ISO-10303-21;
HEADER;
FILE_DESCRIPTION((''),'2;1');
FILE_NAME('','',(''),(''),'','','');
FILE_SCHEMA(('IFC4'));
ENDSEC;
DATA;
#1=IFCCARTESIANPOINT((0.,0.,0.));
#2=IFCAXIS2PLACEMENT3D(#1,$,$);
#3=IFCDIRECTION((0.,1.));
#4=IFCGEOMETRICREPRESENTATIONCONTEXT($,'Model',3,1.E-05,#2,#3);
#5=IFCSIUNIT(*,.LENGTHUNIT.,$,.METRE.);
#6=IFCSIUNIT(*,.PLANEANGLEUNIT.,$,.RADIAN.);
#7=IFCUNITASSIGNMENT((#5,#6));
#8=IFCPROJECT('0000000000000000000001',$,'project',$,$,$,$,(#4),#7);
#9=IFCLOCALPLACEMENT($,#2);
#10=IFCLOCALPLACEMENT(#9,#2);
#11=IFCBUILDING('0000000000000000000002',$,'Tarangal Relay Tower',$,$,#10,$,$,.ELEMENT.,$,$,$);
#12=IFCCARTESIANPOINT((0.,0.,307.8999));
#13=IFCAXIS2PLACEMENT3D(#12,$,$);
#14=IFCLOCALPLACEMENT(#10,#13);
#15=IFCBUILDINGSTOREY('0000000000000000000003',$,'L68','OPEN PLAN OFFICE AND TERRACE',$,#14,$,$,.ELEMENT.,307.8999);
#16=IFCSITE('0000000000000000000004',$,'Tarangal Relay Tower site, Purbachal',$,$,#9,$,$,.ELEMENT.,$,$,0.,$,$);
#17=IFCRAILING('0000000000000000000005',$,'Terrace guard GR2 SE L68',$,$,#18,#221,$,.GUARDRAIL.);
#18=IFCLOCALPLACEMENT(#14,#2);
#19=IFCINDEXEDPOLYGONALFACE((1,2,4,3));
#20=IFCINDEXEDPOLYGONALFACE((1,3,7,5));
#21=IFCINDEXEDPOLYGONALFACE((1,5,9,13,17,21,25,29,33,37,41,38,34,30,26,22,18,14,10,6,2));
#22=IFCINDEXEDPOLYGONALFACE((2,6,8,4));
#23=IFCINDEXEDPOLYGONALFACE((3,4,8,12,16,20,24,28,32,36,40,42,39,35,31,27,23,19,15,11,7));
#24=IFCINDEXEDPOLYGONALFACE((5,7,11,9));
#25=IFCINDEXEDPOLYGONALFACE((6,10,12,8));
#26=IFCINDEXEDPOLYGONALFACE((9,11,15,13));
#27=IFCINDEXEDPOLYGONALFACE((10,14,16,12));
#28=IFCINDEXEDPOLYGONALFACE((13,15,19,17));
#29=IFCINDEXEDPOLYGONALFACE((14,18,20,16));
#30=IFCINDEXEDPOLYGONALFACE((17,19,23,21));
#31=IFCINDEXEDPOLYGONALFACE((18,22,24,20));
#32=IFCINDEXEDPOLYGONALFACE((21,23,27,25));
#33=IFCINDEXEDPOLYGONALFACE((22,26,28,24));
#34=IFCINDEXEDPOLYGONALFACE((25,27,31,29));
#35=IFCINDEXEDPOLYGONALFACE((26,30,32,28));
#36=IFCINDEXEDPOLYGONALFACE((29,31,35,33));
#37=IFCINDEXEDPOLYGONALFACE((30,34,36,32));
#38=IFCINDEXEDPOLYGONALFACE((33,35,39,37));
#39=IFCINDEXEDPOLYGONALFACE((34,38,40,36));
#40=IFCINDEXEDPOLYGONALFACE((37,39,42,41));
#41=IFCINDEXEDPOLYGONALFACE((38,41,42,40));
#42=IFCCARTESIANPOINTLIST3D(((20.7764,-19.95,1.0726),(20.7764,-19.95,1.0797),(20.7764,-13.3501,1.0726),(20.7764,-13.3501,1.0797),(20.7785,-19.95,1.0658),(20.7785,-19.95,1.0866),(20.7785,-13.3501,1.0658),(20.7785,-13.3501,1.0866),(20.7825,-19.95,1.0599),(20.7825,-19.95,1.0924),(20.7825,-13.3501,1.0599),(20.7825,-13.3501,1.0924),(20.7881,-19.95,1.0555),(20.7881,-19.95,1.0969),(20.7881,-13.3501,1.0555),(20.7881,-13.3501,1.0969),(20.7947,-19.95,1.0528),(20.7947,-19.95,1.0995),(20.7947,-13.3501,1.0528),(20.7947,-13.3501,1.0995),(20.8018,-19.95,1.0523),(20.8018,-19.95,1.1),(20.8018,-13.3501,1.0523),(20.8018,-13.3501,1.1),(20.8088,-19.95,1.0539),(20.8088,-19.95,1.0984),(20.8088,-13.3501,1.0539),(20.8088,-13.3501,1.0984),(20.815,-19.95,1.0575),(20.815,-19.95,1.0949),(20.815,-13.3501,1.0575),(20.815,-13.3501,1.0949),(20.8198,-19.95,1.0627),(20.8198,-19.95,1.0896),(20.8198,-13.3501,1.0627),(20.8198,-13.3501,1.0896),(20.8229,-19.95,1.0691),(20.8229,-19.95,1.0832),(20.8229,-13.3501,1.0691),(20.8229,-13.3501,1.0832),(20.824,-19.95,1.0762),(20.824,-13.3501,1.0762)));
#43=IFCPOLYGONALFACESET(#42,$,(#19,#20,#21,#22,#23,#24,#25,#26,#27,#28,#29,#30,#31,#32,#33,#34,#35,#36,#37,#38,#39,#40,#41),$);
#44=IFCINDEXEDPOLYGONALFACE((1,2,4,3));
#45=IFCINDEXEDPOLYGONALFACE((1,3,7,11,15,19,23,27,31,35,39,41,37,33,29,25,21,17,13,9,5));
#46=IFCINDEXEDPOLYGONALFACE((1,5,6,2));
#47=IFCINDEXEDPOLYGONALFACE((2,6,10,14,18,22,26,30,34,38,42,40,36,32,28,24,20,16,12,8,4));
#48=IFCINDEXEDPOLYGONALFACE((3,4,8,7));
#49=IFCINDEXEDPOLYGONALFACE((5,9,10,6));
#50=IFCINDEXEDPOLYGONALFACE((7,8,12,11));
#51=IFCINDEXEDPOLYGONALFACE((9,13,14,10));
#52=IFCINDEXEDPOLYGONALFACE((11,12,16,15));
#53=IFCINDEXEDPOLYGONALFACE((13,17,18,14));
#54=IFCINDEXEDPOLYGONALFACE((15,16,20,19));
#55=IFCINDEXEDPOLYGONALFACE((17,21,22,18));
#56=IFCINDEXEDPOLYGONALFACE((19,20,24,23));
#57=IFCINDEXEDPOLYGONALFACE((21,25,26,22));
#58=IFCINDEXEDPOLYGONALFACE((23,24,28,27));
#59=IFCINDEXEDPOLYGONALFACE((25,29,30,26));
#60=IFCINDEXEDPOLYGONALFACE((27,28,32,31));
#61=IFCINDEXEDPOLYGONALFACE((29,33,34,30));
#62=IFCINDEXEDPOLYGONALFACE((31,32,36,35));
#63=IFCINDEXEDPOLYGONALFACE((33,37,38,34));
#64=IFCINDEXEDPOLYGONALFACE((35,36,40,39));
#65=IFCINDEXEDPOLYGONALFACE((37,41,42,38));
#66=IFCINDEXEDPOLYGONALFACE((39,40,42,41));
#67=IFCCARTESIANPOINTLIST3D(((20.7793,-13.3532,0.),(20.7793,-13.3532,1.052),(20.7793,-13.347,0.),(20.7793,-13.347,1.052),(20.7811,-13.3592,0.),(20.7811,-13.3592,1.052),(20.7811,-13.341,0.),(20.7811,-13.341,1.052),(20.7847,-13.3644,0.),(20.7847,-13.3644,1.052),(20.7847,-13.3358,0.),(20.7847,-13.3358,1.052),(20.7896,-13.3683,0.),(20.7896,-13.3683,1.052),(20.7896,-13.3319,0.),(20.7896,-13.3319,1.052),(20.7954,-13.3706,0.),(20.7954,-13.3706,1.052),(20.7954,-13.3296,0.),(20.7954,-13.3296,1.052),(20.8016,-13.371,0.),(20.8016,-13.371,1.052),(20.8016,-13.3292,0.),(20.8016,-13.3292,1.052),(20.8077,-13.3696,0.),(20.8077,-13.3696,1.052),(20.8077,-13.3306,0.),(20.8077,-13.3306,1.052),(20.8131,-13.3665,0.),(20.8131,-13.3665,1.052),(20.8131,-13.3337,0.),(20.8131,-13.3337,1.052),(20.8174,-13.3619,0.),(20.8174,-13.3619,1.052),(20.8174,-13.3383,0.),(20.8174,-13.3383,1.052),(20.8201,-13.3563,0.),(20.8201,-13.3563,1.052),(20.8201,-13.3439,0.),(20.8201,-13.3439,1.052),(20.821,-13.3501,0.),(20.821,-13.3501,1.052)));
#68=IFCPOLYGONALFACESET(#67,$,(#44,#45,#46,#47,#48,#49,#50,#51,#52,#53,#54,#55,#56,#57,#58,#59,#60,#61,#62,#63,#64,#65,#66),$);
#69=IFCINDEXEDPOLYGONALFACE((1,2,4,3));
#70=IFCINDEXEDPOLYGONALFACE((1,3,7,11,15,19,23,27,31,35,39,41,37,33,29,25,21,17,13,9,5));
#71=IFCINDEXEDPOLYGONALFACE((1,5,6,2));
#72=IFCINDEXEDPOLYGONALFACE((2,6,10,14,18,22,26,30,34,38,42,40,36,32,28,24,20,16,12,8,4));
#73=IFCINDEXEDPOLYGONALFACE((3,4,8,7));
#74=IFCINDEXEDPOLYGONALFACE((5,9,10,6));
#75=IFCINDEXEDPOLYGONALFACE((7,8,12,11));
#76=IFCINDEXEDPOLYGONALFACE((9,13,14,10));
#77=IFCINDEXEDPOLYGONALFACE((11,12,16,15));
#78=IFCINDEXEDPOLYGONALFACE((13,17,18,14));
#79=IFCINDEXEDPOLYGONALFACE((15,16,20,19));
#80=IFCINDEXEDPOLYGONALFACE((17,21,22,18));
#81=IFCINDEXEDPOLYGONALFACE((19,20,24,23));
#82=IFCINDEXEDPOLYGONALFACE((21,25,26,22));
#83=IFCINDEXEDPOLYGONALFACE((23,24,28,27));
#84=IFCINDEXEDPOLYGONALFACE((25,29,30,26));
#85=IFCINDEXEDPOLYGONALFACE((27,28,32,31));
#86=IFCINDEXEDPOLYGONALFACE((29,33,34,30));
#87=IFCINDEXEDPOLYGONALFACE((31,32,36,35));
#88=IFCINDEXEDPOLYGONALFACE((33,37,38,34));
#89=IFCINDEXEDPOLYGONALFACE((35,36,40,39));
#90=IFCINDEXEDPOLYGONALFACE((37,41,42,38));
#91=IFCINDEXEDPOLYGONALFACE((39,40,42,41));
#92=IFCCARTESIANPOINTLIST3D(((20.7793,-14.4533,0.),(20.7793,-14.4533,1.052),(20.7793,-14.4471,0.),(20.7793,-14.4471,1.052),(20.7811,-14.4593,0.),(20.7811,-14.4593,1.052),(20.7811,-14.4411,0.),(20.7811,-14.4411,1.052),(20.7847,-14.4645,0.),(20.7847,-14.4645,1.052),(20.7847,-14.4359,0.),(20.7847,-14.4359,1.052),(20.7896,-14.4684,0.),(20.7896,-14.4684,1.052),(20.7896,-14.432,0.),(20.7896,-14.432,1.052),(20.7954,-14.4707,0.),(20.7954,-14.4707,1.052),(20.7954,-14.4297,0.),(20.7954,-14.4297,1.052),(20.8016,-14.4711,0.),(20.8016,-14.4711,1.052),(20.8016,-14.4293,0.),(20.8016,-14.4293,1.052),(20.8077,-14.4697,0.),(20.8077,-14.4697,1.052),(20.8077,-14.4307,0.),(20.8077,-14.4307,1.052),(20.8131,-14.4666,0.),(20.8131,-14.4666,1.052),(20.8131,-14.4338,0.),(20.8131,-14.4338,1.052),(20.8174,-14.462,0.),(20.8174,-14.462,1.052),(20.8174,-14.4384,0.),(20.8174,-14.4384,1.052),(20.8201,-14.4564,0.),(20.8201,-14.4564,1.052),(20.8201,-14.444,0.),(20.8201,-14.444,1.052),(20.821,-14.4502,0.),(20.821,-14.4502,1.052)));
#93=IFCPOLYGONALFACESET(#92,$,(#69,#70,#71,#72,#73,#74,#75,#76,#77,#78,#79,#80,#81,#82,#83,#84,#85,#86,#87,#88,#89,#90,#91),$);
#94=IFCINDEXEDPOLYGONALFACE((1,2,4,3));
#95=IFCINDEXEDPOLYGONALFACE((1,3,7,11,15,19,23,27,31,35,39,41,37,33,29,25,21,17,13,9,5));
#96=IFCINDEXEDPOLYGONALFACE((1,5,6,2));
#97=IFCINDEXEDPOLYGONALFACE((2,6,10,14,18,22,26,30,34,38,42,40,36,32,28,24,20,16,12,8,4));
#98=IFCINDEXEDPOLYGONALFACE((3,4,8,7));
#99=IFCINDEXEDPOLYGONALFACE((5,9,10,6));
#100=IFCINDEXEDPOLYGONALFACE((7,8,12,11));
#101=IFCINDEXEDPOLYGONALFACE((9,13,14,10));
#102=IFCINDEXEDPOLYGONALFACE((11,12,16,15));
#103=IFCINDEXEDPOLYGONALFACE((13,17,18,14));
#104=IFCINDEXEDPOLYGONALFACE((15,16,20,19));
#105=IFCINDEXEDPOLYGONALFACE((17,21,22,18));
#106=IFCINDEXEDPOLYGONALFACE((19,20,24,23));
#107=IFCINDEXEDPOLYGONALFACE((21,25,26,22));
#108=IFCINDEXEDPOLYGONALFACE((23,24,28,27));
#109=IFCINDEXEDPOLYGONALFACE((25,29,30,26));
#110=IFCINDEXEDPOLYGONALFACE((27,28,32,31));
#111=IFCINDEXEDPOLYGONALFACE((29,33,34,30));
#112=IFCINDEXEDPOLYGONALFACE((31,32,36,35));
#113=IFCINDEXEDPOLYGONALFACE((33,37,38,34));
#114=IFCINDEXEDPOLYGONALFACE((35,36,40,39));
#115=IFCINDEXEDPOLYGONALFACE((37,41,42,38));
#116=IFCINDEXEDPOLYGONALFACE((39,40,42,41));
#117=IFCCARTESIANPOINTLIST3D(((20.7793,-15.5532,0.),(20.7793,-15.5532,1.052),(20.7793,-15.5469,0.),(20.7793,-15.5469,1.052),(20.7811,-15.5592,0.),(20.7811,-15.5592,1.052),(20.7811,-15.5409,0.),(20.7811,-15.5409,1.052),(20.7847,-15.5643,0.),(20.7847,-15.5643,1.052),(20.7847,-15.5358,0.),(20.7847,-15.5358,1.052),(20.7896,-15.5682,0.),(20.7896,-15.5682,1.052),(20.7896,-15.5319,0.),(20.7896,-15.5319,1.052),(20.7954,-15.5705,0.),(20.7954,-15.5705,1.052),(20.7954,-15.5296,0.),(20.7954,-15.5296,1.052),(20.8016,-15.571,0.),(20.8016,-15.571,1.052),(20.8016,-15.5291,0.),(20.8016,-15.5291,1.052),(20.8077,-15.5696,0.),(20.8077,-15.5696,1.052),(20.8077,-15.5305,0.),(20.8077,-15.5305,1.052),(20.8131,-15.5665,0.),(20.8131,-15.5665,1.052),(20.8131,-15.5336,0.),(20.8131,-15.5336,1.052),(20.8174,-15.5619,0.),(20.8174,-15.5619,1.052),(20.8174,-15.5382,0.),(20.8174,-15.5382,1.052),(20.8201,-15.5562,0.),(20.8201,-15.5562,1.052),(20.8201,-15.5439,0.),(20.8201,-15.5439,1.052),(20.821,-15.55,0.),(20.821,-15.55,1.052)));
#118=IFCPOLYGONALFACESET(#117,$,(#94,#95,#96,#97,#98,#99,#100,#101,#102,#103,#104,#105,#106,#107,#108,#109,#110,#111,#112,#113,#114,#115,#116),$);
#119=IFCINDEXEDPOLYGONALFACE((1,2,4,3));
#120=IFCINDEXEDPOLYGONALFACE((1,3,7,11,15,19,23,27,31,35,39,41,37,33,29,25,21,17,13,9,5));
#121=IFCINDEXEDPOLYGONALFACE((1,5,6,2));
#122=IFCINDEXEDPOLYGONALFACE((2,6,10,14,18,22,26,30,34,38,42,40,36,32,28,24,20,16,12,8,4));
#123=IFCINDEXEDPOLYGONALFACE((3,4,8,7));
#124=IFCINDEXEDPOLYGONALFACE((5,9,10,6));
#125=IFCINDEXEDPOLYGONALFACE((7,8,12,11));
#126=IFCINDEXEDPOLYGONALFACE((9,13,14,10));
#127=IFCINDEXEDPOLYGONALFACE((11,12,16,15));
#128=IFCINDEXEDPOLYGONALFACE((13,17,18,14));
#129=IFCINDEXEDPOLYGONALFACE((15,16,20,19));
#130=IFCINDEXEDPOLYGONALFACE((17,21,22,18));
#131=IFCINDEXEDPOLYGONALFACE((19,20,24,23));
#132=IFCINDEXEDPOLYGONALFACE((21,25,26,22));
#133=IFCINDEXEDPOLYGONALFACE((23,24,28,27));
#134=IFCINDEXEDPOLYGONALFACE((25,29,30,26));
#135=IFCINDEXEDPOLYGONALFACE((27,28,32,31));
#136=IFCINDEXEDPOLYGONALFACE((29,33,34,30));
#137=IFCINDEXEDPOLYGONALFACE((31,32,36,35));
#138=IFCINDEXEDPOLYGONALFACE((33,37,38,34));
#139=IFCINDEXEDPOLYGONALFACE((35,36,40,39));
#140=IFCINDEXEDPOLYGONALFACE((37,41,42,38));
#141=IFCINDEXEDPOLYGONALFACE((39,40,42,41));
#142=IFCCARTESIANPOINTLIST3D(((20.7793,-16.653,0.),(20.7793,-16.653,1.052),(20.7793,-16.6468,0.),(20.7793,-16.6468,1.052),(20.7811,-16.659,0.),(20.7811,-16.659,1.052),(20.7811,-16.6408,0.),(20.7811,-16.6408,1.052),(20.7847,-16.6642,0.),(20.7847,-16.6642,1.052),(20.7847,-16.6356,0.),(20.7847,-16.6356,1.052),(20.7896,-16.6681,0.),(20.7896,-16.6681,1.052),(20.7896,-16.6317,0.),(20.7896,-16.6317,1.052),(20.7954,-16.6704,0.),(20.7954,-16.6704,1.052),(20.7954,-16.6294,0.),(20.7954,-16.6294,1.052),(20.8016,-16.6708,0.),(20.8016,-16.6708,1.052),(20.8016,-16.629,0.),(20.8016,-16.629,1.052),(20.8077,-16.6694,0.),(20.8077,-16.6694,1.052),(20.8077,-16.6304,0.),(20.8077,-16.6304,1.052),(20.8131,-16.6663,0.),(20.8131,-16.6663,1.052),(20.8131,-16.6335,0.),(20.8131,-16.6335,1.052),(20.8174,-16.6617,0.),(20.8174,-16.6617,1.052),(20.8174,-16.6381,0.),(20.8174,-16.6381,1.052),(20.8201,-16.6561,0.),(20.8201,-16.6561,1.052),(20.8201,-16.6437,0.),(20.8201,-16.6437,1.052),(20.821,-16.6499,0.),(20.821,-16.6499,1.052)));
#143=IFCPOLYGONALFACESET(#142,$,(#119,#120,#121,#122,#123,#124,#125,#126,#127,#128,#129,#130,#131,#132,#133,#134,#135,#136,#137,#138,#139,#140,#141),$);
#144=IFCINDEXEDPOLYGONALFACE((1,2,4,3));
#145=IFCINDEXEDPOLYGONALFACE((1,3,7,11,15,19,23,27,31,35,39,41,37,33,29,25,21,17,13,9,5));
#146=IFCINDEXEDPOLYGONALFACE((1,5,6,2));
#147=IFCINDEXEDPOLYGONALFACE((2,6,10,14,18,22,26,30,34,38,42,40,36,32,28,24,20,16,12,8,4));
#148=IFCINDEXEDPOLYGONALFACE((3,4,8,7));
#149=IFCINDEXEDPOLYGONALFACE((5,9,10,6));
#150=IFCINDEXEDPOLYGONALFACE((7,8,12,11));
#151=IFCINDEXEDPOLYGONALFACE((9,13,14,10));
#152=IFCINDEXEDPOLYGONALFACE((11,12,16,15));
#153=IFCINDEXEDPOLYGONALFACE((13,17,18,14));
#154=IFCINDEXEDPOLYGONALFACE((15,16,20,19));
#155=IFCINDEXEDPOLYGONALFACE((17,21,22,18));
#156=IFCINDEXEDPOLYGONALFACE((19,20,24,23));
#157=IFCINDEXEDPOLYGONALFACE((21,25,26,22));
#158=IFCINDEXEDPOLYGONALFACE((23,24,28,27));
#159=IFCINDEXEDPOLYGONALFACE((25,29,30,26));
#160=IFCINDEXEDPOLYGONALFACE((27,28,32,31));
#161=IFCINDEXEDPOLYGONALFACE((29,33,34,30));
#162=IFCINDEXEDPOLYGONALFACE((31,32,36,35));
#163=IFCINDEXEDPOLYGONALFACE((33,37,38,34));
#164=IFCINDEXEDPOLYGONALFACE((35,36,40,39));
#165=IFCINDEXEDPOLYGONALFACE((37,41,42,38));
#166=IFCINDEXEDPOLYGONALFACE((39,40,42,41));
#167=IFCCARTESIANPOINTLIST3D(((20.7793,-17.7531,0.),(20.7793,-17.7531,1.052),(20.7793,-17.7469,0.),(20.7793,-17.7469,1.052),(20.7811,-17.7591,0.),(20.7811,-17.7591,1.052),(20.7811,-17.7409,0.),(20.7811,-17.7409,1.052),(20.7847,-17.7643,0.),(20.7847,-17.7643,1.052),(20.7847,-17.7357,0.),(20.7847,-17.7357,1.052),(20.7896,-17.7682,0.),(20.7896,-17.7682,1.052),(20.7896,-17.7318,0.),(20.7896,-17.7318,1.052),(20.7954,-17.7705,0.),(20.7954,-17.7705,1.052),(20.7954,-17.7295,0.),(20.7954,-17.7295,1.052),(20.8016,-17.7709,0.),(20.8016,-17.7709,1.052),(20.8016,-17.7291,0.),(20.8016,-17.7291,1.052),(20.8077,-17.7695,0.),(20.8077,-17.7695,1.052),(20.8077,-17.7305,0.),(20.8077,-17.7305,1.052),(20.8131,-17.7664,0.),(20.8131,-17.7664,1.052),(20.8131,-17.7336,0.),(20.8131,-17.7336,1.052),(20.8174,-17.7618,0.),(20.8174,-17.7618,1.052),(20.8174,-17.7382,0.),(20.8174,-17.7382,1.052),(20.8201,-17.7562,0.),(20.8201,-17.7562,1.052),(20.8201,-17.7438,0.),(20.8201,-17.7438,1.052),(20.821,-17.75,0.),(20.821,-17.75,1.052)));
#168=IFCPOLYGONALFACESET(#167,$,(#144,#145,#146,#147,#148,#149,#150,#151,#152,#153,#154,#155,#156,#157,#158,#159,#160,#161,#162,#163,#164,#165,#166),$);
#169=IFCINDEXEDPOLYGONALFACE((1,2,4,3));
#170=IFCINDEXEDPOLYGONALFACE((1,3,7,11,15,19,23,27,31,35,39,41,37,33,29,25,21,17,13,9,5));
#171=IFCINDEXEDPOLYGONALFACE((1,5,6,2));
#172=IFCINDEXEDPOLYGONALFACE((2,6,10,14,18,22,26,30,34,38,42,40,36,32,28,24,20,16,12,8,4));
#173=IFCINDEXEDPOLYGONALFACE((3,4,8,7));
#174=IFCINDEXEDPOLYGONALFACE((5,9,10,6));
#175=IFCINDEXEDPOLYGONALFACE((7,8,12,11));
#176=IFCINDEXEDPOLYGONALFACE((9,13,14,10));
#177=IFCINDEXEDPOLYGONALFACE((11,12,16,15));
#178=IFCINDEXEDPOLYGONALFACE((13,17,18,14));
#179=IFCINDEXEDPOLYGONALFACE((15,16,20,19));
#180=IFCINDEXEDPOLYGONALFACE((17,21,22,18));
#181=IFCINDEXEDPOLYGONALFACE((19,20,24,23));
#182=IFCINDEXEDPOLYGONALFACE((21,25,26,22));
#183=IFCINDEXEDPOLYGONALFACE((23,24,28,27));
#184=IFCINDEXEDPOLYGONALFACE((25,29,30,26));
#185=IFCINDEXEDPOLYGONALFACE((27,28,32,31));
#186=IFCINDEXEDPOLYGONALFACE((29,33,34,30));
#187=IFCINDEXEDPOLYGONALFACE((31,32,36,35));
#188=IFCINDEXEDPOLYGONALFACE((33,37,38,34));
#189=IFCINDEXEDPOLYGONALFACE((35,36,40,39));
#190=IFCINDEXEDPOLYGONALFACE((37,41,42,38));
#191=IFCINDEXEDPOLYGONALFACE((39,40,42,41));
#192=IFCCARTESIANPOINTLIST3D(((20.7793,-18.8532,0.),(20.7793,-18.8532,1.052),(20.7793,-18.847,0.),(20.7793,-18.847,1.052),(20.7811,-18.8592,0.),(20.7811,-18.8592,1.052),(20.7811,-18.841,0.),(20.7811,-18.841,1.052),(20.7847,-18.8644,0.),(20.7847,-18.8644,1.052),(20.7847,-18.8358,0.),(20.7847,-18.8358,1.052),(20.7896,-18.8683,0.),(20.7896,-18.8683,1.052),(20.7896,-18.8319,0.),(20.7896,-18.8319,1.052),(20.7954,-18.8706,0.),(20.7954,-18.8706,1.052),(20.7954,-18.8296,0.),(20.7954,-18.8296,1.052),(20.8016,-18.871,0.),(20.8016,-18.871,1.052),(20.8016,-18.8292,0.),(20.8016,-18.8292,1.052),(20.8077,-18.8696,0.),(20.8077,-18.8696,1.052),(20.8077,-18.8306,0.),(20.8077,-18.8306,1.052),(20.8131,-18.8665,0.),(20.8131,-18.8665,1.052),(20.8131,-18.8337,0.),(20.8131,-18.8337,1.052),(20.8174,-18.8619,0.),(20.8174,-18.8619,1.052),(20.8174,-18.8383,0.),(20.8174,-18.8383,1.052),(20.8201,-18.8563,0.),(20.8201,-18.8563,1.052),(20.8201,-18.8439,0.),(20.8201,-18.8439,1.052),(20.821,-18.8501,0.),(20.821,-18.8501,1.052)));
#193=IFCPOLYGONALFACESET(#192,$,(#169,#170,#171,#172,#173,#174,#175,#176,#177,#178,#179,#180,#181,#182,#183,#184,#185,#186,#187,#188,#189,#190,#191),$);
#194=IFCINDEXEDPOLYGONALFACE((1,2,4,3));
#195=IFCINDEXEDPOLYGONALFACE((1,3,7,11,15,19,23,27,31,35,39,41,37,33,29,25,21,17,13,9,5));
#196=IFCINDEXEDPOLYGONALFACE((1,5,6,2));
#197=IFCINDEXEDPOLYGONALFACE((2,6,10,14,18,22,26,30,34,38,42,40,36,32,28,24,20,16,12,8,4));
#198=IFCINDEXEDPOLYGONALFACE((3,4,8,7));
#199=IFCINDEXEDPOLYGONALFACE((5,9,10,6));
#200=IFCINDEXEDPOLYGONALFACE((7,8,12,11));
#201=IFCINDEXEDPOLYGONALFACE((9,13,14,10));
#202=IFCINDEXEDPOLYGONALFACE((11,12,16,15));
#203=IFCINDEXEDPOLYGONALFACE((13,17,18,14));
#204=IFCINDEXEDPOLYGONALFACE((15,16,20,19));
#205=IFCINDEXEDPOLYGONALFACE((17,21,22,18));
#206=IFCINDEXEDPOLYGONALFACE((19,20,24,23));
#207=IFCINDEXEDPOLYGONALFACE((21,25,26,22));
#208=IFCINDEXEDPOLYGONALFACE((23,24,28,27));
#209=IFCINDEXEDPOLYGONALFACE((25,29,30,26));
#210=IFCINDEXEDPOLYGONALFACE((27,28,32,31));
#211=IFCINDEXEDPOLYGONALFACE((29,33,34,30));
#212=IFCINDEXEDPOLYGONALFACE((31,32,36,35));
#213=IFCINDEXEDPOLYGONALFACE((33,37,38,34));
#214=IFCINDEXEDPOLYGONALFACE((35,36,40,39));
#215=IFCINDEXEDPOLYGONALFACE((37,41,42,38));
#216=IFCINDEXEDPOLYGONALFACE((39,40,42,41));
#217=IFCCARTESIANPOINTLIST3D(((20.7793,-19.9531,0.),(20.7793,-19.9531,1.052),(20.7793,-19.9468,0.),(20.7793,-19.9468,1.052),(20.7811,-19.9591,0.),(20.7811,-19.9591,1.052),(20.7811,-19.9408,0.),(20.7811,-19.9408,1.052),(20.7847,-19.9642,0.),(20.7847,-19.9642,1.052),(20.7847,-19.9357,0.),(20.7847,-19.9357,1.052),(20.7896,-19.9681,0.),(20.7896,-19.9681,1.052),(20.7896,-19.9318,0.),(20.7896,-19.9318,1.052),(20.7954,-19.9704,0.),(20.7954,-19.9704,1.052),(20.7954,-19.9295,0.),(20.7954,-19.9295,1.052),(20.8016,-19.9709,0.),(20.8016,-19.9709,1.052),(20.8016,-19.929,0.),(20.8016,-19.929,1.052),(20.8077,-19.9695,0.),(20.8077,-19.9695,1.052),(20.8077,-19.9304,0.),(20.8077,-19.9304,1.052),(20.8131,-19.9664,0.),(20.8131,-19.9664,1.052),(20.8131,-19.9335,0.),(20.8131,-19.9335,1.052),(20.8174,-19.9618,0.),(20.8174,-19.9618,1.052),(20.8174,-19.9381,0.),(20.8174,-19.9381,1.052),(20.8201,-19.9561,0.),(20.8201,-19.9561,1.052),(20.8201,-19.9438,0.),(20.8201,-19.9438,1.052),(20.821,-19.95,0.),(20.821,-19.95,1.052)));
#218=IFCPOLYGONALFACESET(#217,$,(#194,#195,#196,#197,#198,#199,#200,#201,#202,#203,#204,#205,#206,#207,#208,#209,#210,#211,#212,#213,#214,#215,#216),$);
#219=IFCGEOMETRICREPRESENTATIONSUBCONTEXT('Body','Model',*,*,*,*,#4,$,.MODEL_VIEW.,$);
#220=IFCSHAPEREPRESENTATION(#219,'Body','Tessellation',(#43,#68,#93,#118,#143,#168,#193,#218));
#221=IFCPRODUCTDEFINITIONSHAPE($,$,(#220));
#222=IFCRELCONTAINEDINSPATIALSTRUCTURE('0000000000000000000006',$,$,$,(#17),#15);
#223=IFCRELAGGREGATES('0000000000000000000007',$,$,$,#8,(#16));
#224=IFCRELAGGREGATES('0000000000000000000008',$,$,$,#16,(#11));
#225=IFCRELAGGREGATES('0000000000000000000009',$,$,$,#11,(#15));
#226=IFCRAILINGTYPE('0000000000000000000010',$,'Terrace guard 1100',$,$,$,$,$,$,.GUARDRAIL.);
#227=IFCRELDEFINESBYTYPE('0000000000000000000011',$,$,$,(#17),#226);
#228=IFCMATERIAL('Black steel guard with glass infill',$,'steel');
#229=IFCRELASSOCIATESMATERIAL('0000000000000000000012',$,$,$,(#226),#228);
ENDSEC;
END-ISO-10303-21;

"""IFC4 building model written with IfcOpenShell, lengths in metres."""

from ifc_helpers import new_model, si_unit, direction, frame, origin, origin_2d, place, context, subcontext, project, spatial, circle, extrude, material, type_object, element, save


model = new_model("IFC4")

# Units and contexts
model_context = context("Model", 3, precision=1e-05, world=origin(), true_north=direction((0.0, 1.0)))
body_context = subcontext(model_context, "Body", "Model", "MODEL_VIEW")
ifc_project = project(units=[si_unit("LENGTHUNIT", "METRE"), si_unit("PLANEANGLEUNIT", "RADIAN")], contexts=[model_context])

# Site, building, storey
site_placement = place(None, origin())
site = spatial("IfcSite", under=ifc_project, at=site_placement, Name="Tarangal Relay Tower site, Purbachal", CompositionType="ELEMENT", RefElevation=0.0)
building_placement = place(site_placement, origin())
building = spatial("IfcBuilding", under=site, at=building_placement, Name="Tarangal Relay Tower", CompositionType="ELEMENT")
storey_placement = place(building_placement, frame((0.0, 0.0, 307.8999)))
storey = spatial("IfcBuildingStorey", under=building, at=storey_placement, Name="L68", Description="OPEN PLAN OFFICE AND TERRACE", CompositionType="ELEMENT", Elevation=307.8999)

# Railing
ifc_material_1 = material(Name="Black steel guard with glass infill", Category="steel")
railing_type = type_object("IfcRailingType", Name="Terrace guard 1100", PredefinedType="GUARDRAIL", material=ifc_material_1)
railing_1_placement = place(storey_placement, frame((20.8, -13.3501, 0.0)))
element("IfcRailing", 1, at=railing_1_placement, inside=storey, type_object=railing_type, Name="Terrace guard GR2 SE L68", PredefinedType="GUARDRAIL", context=body_context, shape_type="SweptSolid", body=[
    extrude(circle(Radius=0.0239, at=origin_2d()), frame((0.0, 0.0, 1.0762), z_axis=(0.0, -1.0, 0.0), x_axis=(1.0, 0.0, 0.0)), (0.0, 0.0, 1.0), 6.5999),
    extrude(circle(Radius=0.021, at=origin_2d()), origin(), (0.0, 0.0, 1.0), 1.052),
    extrude(circle(Radius=0.021, at=origin_2d()), frame((0.0, -1.1001, 0.0)), (0.0, 0.0, 1.0), 1.052),
    extrude(circle(Radius=0.021, at=origin_2d()), frame((0.0, -2.2, 0.0)), (0.0, 0.0, 1.0), 1.052),
    extrude(circle(Radius=0.021, at=origin_2d()), frame((0.0, -3.2998, 0.0)), (0.0, 0.0, 1.0), 1.052),
    extrude(circle(Radius=0.021, at=origin_2d()), frame((0.0, -4.3999, 0.0)), (0.0, 0.0, 1.0), 1.052),
    extrude(circle(Radius=0.021, at=origin_2d()), frame((0.0, -5.5, 0.0)), (0.0, 0.0, 1.0), 1.052),
    extrude(circle(Radius=0.021, at=origin_2d()), frame((0.0, -6.5999, 0.0)), (0.0, 0.0, 1.0), 1.052),
])

save(model, "model.ifc")
